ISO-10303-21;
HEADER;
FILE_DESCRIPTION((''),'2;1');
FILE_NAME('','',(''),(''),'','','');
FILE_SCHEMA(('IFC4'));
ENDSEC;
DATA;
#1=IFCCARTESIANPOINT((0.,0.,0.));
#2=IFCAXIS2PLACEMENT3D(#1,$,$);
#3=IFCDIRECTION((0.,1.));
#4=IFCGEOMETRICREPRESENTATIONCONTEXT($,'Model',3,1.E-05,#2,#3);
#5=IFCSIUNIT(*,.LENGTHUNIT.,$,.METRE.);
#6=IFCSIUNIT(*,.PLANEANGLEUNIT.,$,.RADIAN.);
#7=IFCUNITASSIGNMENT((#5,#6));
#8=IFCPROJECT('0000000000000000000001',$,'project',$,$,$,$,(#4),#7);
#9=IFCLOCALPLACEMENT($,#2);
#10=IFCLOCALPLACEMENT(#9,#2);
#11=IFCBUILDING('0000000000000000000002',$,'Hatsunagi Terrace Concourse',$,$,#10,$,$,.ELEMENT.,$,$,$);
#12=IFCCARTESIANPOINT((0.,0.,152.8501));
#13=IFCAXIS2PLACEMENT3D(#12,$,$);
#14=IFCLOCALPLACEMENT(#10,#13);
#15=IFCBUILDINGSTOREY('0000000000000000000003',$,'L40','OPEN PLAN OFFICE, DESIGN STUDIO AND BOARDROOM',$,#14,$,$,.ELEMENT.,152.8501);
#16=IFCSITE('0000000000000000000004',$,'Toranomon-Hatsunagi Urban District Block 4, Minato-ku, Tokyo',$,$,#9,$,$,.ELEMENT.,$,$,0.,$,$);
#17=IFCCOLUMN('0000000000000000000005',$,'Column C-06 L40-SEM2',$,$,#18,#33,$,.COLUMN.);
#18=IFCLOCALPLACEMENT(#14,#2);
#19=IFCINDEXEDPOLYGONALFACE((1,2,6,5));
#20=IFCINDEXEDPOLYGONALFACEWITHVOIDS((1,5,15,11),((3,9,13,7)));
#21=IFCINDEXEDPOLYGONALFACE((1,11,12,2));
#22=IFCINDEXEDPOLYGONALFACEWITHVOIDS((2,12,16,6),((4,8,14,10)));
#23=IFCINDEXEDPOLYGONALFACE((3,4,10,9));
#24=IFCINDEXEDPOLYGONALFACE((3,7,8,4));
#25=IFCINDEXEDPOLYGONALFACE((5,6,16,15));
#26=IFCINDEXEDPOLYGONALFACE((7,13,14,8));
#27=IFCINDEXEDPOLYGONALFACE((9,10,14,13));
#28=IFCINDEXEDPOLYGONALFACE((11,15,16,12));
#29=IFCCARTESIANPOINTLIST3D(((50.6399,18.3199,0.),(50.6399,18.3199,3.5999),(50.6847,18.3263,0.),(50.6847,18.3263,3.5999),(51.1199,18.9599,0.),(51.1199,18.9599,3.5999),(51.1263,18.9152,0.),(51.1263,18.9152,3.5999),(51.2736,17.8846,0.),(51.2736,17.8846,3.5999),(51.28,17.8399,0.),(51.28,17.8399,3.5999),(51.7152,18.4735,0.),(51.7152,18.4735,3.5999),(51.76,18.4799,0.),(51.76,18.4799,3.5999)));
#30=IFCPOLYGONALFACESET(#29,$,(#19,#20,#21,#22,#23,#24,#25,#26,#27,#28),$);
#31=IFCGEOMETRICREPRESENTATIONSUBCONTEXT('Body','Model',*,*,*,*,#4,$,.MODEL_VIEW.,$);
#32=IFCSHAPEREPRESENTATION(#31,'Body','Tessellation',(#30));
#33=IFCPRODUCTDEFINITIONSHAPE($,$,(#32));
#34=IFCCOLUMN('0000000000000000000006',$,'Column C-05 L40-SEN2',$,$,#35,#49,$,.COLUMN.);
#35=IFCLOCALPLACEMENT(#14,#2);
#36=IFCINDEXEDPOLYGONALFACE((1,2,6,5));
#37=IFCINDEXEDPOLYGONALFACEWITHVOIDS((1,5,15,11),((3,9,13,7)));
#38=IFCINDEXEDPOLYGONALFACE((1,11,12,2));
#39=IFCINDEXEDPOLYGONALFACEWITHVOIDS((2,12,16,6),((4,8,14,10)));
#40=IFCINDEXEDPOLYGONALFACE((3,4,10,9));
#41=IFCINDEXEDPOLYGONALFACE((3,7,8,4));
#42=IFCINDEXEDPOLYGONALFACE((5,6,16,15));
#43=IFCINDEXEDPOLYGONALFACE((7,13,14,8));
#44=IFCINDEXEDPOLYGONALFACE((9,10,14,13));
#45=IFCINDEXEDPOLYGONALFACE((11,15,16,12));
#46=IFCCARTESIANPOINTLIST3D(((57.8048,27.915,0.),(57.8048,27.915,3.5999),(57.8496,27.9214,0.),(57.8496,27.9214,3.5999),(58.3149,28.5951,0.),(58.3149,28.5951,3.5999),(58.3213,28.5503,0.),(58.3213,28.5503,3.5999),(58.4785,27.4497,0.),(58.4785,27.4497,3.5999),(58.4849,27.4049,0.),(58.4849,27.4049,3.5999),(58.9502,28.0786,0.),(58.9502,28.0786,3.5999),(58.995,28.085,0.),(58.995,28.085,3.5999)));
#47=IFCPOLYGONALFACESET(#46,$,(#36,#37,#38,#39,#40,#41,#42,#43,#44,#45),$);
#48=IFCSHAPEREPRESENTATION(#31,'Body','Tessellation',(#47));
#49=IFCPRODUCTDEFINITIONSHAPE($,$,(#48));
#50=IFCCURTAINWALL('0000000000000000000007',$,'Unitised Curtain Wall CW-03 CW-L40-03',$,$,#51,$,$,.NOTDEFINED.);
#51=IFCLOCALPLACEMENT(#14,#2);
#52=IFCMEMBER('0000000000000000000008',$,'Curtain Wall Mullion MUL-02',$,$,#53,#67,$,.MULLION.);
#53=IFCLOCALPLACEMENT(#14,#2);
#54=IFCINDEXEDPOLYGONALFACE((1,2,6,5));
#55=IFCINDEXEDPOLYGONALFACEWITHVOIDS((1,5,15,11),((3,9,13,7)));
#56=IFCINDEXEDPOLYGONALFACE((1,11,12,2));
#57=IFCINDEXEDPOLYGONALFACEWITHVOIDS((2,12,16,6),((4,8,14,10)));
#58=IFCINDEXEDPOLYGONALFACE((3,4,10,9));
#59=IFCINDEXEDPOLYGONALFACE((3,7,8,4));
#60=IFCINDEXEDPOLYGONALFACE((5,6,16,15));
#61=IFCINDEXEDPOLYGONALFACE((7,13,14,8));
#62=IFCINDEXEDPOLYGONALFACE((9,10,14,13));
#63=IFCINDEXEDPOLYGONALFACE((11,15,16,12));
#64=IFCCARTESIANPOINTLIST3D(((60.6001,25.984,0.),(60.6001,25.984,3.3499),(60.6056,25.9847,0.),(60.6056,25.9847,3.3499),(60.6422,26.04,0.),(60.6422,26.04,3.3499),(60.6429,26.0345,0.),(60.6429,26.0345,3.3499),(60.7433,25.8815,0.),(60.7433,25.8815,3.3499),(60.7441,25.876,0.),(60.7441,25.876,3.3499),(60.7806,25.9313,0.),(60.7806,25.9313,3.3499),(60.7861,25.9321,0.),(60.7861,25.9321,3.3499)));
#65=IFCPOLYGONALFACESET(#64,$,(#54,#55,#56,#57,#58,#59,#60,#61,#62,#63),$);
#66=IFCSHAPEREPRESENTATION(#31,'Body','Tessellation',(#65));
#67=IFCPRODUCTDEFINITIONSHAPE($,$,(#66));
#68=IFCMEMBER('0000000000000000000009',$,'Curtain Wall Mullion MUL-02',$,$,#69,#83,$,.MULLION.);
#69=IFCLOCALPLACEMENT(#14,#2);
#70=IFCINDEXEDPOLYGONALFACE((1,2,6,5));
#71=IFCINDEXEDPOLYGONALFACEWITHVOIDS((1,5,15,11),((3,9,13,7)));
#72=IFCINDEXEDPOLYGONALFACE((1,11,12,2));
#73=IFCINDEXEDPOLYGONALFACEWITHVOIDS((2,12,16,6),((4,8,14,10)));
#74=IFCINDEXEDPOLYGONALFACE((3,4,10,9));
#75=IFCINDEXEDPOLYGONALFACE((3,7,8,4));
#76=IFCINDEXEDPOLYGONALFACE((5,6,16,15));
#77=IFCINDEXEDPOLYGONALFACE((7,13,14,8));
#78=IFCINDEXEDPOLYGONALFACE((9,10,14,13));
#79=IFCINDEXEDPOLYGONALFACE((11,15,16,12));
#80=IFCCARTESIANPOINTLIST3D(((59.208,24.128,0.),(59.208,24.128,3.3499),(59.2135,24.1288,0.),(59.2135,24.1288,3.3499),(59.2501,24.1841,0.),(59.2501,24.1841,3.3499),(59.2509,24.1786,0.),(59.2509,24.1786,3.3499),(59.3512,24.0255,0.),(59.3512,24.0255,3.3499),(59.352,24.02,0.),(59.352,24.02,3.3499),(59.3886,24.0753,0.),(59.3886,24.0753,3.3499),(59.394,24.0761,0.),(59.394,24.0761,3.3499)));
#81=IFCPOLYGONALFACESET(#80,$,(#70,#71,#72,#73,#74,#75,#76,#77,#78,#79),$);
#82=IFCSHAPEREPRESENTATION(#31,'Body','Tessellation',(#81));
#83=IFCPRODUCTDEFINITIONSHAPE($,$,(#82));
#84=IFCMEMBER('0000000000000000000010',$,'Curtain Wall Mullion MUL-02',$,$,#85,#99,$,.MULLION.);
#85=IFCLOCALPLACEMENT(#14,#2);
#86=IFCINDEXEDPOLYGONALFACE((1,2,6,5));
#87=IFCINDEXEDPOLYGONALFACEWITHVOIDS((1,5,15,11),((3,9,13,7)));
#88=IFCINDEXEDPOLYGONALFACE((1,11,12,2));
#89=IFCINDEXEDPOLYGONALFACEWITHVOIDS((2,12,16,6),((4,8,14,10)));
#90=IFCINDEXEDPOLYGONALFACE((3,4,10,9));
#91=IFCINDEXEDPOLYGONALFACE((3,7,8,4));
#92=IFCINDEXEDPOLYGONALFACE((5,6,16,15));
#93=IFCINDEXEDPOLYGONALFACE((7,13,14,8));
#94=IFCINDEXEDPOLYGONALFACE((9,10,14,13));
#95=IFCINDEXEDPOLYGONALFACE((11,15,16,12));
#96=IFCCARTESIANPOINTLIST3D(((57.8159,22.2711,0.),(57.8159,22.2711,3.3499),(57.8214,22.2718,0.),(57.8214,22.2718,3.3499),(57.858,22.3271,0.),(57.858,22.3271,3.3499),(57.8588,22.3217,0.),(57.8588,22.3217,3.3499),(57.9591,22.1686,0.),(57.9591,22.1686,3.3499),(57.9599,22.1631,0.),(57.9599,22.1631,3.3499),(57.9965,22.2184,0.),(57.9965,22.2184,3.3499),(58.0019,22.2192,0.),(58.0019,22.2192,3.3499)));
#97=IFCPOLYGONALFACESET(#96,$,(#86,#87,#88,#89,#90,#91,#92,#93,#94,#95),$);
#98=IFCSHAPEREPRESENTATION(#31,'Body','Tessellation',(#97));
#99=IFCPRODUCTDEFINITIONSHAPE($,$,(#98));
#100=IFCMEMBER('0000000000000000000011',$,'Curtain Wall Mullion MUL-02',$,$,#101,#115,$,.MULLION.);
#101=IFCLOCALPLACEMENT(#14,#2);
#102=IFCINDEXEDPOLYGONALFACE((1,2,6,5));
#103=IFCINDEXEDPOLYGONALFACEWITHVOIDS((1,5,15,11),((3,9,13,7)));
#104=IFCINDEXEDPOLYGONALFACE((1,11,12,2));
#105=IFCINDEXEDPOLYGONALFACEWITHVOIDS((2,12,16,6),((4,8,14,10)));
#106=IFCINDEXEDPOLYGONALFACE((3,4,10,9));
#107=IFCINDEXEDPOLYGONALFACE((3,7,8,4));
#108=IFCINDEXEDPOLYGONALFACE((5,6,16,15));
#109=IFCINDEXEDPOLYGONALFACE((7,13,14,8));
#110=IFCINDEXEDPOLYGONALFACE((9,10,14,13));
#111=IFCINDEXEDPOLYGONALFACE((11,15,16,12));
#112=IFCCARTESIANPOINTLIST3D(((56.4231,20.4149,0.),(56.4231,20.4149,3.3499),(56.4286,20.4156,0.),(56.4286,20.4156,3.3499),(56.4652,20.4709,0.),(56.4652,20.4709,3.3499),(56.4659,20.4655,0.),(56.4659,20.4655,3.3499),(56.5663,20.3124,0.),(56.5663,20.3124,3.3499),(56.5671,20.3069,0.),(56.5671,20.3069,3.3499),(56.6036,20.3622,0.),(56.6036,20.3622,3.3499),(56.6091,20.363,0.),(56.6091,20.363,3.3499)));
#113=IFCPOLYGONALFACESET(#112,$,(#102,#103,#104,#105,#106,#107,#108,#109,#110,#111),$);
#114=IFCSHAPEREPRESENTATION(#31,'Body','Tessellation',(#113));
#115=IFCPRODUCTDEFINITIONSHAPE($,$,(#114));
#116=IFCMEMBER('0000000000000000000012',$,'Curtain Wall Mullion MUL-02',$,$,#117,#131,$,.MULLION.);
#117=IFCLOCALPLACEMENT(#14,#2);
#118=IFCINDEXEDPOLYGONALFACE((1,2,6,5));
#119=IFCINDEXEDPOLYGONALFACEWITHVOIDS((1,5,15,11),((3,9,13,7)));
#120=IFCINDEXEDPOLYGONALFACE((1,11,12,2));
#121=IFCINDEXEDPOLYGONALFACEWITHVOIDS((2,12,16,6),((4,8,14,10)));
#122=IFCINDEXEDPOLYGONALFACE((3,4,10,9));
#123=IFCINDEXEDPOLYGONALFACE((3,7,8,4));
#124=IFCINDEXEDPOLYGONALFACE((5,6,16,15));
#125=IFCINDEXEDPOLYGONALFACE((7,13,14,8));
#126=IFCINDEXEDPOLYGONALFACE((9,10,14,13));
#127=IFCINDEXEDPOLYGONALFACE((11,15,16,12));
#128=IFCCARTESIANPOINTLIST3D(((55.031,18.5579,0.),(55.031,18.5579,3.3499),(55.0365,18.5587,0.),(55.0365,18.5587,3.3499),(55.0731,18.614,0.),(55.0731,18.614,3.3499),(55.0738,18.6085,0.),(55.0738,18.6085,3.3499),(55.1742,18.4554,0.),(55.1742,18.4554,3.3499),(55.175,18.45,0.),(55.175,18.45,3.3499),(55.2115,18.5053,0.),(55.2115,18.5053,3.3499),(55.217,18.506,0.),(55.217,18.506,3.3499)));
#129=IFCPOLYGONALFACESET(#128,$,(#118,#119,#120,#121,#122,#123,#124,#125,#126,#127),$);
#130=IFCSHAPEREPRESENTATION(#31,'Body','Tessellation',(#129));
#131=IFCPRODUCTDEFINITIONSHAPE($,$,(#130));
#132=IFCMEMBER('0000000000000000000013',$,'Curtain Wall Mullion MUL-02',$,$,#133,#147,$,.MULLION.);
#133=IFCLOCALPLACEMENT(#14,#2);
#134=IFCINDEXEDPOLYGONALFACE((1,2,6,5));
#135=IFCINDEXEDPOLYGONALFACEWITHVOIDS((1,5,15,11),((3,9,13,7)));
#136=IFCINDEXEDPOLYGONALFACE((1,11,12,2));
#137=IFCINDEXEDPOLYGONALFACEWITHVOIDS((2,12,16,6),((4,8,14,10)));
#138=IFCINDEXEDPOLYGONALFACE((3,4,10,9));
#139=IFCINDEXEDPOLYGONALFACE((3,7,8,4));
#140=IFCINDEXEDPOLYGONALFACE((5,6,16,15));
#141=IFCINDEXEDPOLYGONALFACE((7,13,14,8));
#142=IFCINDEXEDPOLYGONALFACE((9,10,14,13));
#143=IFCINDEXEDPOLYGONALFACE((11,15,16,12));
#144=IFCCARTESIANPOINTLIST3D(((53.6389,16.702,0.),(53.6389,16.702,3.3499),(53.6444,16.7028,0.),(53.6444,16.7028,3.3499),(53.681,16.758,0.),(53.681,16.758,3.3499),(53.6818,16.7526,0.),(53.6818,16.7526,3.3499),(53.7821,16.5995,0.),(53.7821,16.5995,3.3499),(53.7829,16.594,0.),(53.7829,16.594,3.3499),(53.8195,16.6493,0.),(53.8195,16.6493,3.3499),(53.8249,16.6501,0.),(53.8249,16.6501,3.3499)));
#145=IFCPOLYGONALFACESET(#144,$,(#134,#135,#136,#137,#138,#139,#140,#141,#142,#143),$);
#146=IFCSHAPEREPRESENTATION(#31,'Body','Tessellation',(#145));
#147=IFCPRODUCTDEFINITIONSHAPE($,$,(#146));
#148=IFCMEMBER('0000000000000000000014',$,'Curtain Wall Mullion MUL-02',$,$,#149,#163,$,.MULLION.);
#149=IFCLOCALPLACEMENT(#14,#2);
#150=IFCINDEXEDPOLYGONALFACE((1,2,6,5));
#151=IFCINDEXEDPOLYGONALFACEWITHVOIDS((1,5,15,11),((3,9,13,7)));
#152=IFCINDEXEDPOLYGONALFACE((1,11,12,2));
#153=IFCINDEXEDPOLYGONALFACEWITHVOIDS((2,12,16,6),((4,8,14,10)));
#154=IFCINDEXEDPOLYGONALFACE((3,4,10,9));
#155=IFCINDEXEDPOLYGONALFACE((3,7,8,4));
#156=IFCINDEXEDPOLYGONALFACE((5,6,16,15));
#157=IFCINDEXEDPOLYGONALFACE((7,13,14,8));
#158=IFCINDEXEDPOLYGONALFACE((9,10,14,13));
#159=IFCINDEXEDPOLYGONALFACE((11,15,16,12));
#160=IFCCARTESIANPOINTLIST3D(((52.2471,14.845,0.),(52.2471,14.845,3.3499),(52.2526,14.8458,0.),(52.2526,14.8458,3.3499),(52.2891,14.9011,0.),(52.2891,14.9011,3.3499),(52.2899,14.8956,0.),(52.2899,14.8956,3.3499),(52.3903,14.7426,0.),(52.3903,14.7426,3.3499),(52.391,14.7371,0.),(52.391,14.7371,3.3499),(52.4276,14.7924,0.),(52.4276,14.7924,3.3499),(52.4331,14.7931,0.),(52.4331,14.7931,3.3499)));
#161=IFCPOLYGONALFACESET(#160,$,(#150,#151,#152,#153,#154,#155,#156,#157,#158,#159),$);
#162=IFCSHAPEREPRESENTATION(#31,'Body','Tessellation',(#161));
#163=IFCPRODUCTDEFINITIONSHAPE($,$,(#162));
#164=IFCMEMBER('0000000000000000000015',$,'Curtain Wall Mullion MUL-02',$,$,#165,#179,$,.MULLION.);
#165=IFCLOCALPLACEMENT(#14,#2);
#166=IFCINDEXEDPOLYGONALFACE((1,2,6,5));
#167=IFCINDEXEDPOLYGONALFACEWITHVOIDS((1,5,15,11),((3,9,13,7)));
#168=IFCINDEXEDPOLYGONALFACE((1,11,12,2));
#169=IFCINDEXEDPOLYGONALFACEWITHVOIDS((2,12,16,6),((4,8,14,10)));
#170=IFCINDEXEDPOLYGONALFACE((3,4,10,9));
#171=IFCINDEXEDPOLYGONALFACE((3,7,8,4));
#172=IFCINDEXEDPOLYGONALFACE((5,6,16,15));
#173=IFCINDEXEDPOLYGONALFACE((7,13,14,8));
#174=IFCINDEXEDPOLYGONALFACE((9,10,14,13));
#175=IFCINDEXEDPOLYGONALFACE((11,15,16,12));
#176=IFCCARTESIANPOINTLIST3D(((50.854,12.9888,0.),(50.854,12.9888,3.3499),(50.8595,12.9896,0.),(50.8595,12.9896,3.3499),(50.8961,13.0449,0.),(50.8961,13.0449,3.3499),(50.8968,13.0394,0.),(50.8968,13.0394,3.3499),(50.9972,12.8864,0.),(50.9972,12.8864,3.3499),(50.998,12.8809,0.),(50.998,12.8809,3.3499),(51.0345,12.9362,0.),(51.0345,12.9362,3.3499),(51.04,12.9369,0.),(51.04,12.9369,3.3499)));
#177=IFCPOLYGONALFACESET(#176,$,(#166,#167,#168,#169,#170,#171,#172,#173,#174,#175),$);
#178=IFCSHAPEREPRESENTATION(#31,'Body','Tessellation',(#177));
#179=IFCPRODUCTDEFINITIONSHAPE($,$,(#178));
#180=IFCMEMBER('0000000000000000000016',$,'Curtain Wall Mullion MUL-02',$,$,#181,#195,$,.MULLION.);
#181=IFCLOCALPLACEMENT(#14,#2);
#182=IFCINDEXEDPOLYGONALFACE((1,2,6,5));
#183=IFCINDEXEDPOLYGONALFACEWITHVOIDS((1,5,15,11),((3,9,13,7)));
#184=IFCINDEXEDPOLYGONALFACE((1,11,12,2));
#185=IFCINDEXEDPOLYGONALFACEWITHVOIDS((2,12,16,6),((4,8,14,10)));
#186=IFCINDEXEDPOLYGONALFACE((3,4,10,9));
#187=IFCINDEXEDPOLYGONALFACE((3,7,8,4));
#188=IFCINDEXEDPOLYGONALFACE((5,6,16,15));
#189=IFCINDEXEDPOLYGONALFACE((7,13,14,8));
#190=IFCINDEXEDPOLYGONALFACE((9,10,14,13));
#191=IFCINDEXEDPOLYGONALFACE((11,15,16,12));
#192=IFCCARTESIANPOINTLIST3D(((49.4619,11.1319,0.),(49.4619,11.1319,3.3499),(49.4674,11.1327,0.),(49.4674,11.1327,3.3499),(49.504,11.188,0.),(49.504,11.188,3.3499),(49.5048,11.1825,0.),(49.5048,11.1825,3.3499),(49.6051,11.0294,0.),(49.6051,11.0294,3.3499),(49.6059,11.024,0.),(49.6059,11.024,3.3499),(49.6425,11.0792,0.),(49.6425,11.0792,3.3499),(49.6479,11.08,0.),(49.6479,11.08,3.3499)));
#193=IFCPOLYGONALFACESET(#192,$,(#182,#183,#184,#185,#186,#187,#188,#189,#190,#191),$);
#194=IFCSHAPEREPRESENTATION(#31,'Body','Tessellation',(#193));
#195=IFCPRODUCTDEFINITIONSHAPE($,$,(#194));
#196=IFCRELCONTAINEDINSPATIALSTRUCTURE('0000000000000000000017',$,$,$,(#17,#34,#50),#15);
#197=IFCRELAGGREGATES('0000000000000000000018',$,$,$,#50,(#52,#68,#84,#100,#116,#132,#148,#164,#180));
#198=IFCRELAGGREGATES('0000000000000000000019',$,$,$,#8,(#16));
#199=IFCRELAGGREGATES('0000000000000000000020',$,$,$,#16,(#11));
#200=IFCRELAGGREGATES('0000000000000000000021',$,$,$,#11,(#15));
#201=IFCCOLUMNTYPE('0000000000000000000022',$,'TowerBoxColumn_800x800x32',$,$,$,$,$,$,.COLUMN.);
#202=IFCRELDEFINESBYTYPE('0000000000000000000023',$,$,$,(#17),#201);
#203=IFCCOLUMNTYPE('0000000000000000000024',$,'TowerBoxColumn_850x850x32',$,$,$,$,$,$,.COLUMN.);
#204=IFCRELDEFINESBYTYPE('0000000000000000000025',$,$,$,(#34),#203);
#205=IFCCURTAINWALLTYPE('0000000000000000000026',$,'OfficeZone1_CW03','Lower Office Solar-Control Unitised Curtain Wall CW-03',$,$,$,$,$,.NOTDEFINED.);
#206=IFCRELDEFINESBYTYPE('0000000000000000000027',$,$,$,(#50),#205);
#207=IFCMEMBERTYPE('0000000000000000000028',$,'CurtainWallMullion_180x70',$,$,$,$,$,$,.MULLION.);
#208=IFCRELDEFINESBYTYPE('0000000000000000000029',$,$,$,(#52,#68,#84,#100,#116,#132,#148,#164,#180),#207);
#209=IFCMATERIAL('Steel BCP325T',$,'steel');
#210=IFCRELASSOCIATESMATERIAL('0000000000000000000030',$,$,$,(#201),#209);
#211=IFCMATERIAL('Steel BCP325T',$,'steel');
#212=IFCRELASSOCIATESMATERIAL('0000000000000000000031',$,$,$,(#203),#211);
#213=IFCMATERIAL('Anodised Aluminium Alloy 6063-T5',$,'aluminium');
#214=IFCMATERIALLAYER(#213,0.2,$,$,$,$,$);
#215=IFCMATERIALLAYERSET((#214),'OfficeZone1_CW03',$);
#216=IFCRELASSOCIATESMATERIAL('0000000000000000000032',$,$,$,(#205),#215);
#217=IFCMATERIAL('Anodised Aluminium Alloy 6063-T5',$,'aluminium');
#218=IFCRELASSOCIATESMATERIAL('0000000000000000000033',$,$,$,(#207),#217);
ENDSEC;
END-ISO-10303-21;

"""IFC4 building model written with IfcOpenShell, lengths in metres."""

from ifc_helpers import new_model, si_unit, direction, frame, origin, origin_2d, place, context, subcontext, project, spatial, hollow_rectangle, extrude, material, layer, layer_set, material_profile, profile_set, type_object, element, aggregate, save


model = new_model("IFC4")

# Units and contexts
model_context = context("Model", 3, precision=1e-05, world=origin(), true_north=direction((0.0, 1.0)))
body_context = subcontext(model_context, "Body", "Model", "MODEL_VIEW")
ifc_project = project(units=[si_unit("LENGTHUNIT", "METRE"), si_unit("PLANEANGLEUNIT", "RADIAN")], contexts=[model_context])

# Site, building, storey
site_placement = place(None, origin())
site = spatial("IfcSite", under=ifc_project, at=site_placement, Name="Toranomon-Hatsunagi Urban District Block 4, Minato-ku, Tokyo", CompositionType="ELEMENT", RefElevation=0.0)
building_placement = place(site_placement, origin())
building = spatial("IfcBuilding", under=site, at=building_placement, Name="Hatsunagi Terrace Concourse", CompositionType="ELEMENT")
storey_placement = place(building_placement, frame((0.0, 0.0, 152.8501)))
storey = spatial("IfcBuildingStorey", under=building, at=storey_placement, Name="L40", Description="OPEN PLAN OFFICE, DESIGN STUDIO AND BOARDROOM", CompositionType="ELEMENT", Elevation=152.8501)

# Columns
ifc_material_1 = material(Name="Steel BCP325T", Category="steel")
ifc_material_profile_1 = material_profile(ifc_material_1, hollow_rectangle(XDim=0.8, YDim=0.8, WallThickness=0.032, at=origin_2d()), Name="BCP-800x800x32")
ifc_profile_set_1 = profile_set([ifc_material_profile_1], Name="Steel BCP325T")
column_type_1 = type_object("IfcColumnType", Name="TowerBoxColumn_800x800x32", PredefinedType="COLUMN", material=ifc_profile_set_1)
column_1_placement = place(storey_placement, frame((51.2, 18.3999, 0.0), z_axis=(0.0, 0.0, 1.0), x_axis=(0.8, -0.6, 0.0)))
element("IfcColumn", 1, at=column_1_placement, inside=storey, type_object=column_type_1, Name="Column C-06 L40-SEM2", PredefinedType="COLUMN", context=body_context, shape_type="SweptSolid", body=[
    extrude(hollow_rectangle(XDim=0.8, YDim=0.8, WallThickness=0.032, at=origin_2d()), origin(), (0.0, 0.0, 1.0), 3.5999),
])
ifc_material_2 = material(Name="Steel BCP325T", Category="steel")
ifc_material_profile_2 = material_profile(ifc_material_2, hollow_rectangle(XDim=0.8501, YDim=0.8501, WallThickness=0.032, at=origin_2d()), Name="BCP-850x850x32")
ifc_profile_set_2 = profile_set([ifc_material_profile_2], Name="Steel BCP325T")
column_type_2 = type_object("IfcColumnType", Name="TowerBoxColumn_850x850x32", PredefinedType="COLUMN", material=ifc_profile_set_2)
column_2_placement = place(storey_placement, frame((58.3999, 28.0, 0.0), z_axis=(0.0, 0.0, 1.0), x_axis=(0.8, -0.6, 0.0)))
element("IfcColumn", 2, at=column_2_placement, inside=storey, type_object=column_type_2, Name="Column C-05 L40-SEN2", PredefinedType="COLUMN", context=body_context, shape_type="SweptSolid", body=[
    extrude(hollow_rectangle(XDim=0.8501, YDim=0.8501, WallThickness=0.032, at=origin_2d()), origin(), (0.0, 0.0, 1.0), 3.5999),
])

# Curtain wall, members
ifc_material_3 = material(Name="Anodised Aluminium Alloy 6063-T5", Category="aluminium")
ifc_layer_1 = layer(ifc_material_3, 0.2)
ifc_layer_set_1 = layer_set([ifc_layer_1], Name="OfficeZone1_CW03")
curtain_wall_type = type_object("IfcCurtainWallType", Name="OfficeZone1_CW03", Description="Lower Office Solar-Control Unitised Curtain Wall CW-03", PredefinedType="NOTDEFINED", material=ifc_layer_set_1)
curtain_wall_placement = place(storey_placement, origin())
curtain_wall = element("IfcCurtainWall", 3, at=curtain_wall_placement, inside=storey, type_object=curtain_wall_type, Name="Unitised Curtain Wall CW-03 CW-L40-03", PredefinedType="NOTDEFINED")
ifc_material_4 = material(Name="Anodised Aluminium Alloy 6063-T5", Category="aluminium")
ifc_material_profile_3 = material_profile(ifc_material_4, hollow_rectangle(XDim=0.0701, YDim=0.1799, WallThickness=0.0039, at=origin_2d()), Name="ALU-MUL-180x70x4")
ifc_profile_set_3 = profile_set([ifc_material_profile_3], Name="Anodised Aluminium Alloy 6063-T5")
member_type_1 = type_object("IfcMemberType", Name="CurtainWallMullion_180x70", PredefinedType="MULLION", material=ifc_profile_set_3)
member_1_placement = place(storey_placement, frame((60.6931, 25.958, 0.0), z_axis=(0.0, 0.0, 1.0), x_axis=(-0.599969, -0.800023, 0.0)))
member_1 = element("IfcMember", 4, at=member_1_placement, type_object=member_type_1, Name="Curtain Wall Mullion MUL-02", PredefinedType="MULLION", context=body_context, shape_type="SweptSolid", body=[
    extrude(hollow_rectangle(XDim=0.0701, YDim=0.1799, WallThickness=0.0039, at=origin_2d()), origin(), (0.0, 0.0, 1.0), 3.3499),
])
member_2_placement = place(storey_placement, frame((59.301, 24.1021, 0.0), z_axis=(0.0, 0.0, 1.0), x_axis=(-0.599969, -0.800023, 0.0)))
member_2 = element("IfcMember", 5, at=member_2_placement, type_object=member_type_1, Name="Curtain Wall Mullion MUL-02", PredefinedType="MULLION", context=body_context, shape_type="SweptSolid", body=[
    extrude(hollow_rectangle(XDim=0.0701, YDim=0.1799, WallThickness=0.0039, at=origin_2d()), origin(), (0.0, 0.0, 1.0), 3.3499),
])
member_3_placement = place(storey_placement, frame((57.9089, 22.2451, 0.0), z_axis=(0.0, 0.0, 1.0), x_axis=(-0.599969, -0.800023, 0.0)))
member_3 = element("IfcMember", 6, at=member_3_placement, type_object=member_type_1, Name="Curtain Wall Mullion MUL-02", PredefinedType="MULLION", context=body_context, shape_type="SweptSolid", body=[
    extrude(hollow_rectangle(XDim=0.0701, YDim=0.1799, WallThickness=0.0039, at=origin_2d()), origin(), (0.0, 0.0, 1.0), 3.3499),
])
member_4_placement = place(storey_placement, frame((56.5161, 20.3889, 0.0), z_axis=(0.0, 0.0, 1.0), x_axis=(-0.599969, -0.800023, 0.0)))
member_4 = element("IfcMember", 7, at=member_4_placement, type_object=member_type_1, Name="Curtain Wall Mullion MUL-02", PredefinedType="MULLION", context=body_context, shape_type="SweptSolid", body=[
    extrude(hollow_rectangle(XDim=0.0701, YDim=0.1799, WallThickness=0.0039, at=origin_2d()), origin(), (0.0, 0.0, 1.0), 3.3499),
])
member_5_placement = place(storey_placement, frame((55.124, 18.532, 0.0), z_axis=(0.0, 0.0, 1.0), x_axis=(-0.599969, -0.800023, 0.0)))
member_5 = element("IfcMember", 8, at=member_5_placement, type_object=member_type_1, Name="Curtain Wall Mullion MUL-02", PredefinedType="MULLION", context=body_context, shape_type="SweptSolid", body=[
    extrude(hollow_rectangle(XDim=0.0701, YDim=0.1799, WallThickness=0.0039, at=origin_2d()), origin(), (0.0, 0.0, 1.0), 3.3499),
])
member_6_placement = place(storey_placement, frame((53.7319, 16.676, 0.0), z_axis=(0.0, 0.0, 1.0), x_axis=(-0.599969, -0.800023, 0.0)))
member_6 = element("IfcMember", 9, at=member_6_placement, type_object=member_type_1, Name="Curtain Wall Mullion MUL-02", PredefinedType="MULLION", context=body_context, shape_type="SweptSolid", body=[
    extrude(hollow_rectangle(XDim=0.0701, YDim=0.1799, WallThickness=0.0039, at=origin_2d()), origin(), (0.0, 0.0, 1.0), 3.3499),
])
member_7_placement = place(storey_placement, frame((52.3401, 14.8191, 0.0), z_axis=(0.0, 0.0, 1.0), x_axis=(-0.599969, -0.800023, 0.0)))
member_7 = element("IfcMember", 10, at=member_7_placement, type_object=member_type_1, Name="Curtain Wall Mullion MUL-02", PredefinedType="MULLION", context=body_context, shape_type="SweptSolid", body=[
    extrude(hollow_rectangle(XDim=0.0701, YDim=0.1799, WallThickness=0.0039, at=origin_2d()), origin(), (0.0, 0.0, 1.0), 3.3499),
])
member_8_placement = place(storey_placement, frame((50.947, 12.9629, 0.0), z_axis=(0.0, 0.0, 1.0), x_axis=(-0.599969, -0.800023, 0.0)))
member_8 = element("IfcMember", 11, at=member_8_placement, type_object=member_type_1, Name="Curtain Wall Mullion MUL-02", PredefinedType="MULLION", context=body_context, shape_type="SweptSolid", body=[
    extrude(hollow_rectangle(XDim=0.0701, YDim=0.1799, WallThickness=0.0039, at=origin_2d()), origin(), (0.0, 0.0, 1.0), 3.3499),
])
member_9_placement = place(storey_placement, frame((49.5549, 11.106, 0.0), z_axis=(0.0, 0.0, 1.0), x_axis=(-0.599969, -0.800023, 0.0)))
member_9 = element("IfcMember", 12, at=member_9_placement, type_object=member_type_1, Name="Curtain Wall Mullion MUL-02", PredefinedType="MULLION", context=body_context, shape_type="SweptSolid", body=[
    extrude(hollow_rectangle(XDim=0.0701, YDim=0.1799, WallThickness=0.0039, at=origin_2d()), origin(), (0.0, 0.0, 1.0), 3.3499),
])

aggregate(curtain_wall, [member_1, member_2, member_3, member_4, member_5, member_6, member_7, member_8, member_9])

save(model, "model.ifc")
